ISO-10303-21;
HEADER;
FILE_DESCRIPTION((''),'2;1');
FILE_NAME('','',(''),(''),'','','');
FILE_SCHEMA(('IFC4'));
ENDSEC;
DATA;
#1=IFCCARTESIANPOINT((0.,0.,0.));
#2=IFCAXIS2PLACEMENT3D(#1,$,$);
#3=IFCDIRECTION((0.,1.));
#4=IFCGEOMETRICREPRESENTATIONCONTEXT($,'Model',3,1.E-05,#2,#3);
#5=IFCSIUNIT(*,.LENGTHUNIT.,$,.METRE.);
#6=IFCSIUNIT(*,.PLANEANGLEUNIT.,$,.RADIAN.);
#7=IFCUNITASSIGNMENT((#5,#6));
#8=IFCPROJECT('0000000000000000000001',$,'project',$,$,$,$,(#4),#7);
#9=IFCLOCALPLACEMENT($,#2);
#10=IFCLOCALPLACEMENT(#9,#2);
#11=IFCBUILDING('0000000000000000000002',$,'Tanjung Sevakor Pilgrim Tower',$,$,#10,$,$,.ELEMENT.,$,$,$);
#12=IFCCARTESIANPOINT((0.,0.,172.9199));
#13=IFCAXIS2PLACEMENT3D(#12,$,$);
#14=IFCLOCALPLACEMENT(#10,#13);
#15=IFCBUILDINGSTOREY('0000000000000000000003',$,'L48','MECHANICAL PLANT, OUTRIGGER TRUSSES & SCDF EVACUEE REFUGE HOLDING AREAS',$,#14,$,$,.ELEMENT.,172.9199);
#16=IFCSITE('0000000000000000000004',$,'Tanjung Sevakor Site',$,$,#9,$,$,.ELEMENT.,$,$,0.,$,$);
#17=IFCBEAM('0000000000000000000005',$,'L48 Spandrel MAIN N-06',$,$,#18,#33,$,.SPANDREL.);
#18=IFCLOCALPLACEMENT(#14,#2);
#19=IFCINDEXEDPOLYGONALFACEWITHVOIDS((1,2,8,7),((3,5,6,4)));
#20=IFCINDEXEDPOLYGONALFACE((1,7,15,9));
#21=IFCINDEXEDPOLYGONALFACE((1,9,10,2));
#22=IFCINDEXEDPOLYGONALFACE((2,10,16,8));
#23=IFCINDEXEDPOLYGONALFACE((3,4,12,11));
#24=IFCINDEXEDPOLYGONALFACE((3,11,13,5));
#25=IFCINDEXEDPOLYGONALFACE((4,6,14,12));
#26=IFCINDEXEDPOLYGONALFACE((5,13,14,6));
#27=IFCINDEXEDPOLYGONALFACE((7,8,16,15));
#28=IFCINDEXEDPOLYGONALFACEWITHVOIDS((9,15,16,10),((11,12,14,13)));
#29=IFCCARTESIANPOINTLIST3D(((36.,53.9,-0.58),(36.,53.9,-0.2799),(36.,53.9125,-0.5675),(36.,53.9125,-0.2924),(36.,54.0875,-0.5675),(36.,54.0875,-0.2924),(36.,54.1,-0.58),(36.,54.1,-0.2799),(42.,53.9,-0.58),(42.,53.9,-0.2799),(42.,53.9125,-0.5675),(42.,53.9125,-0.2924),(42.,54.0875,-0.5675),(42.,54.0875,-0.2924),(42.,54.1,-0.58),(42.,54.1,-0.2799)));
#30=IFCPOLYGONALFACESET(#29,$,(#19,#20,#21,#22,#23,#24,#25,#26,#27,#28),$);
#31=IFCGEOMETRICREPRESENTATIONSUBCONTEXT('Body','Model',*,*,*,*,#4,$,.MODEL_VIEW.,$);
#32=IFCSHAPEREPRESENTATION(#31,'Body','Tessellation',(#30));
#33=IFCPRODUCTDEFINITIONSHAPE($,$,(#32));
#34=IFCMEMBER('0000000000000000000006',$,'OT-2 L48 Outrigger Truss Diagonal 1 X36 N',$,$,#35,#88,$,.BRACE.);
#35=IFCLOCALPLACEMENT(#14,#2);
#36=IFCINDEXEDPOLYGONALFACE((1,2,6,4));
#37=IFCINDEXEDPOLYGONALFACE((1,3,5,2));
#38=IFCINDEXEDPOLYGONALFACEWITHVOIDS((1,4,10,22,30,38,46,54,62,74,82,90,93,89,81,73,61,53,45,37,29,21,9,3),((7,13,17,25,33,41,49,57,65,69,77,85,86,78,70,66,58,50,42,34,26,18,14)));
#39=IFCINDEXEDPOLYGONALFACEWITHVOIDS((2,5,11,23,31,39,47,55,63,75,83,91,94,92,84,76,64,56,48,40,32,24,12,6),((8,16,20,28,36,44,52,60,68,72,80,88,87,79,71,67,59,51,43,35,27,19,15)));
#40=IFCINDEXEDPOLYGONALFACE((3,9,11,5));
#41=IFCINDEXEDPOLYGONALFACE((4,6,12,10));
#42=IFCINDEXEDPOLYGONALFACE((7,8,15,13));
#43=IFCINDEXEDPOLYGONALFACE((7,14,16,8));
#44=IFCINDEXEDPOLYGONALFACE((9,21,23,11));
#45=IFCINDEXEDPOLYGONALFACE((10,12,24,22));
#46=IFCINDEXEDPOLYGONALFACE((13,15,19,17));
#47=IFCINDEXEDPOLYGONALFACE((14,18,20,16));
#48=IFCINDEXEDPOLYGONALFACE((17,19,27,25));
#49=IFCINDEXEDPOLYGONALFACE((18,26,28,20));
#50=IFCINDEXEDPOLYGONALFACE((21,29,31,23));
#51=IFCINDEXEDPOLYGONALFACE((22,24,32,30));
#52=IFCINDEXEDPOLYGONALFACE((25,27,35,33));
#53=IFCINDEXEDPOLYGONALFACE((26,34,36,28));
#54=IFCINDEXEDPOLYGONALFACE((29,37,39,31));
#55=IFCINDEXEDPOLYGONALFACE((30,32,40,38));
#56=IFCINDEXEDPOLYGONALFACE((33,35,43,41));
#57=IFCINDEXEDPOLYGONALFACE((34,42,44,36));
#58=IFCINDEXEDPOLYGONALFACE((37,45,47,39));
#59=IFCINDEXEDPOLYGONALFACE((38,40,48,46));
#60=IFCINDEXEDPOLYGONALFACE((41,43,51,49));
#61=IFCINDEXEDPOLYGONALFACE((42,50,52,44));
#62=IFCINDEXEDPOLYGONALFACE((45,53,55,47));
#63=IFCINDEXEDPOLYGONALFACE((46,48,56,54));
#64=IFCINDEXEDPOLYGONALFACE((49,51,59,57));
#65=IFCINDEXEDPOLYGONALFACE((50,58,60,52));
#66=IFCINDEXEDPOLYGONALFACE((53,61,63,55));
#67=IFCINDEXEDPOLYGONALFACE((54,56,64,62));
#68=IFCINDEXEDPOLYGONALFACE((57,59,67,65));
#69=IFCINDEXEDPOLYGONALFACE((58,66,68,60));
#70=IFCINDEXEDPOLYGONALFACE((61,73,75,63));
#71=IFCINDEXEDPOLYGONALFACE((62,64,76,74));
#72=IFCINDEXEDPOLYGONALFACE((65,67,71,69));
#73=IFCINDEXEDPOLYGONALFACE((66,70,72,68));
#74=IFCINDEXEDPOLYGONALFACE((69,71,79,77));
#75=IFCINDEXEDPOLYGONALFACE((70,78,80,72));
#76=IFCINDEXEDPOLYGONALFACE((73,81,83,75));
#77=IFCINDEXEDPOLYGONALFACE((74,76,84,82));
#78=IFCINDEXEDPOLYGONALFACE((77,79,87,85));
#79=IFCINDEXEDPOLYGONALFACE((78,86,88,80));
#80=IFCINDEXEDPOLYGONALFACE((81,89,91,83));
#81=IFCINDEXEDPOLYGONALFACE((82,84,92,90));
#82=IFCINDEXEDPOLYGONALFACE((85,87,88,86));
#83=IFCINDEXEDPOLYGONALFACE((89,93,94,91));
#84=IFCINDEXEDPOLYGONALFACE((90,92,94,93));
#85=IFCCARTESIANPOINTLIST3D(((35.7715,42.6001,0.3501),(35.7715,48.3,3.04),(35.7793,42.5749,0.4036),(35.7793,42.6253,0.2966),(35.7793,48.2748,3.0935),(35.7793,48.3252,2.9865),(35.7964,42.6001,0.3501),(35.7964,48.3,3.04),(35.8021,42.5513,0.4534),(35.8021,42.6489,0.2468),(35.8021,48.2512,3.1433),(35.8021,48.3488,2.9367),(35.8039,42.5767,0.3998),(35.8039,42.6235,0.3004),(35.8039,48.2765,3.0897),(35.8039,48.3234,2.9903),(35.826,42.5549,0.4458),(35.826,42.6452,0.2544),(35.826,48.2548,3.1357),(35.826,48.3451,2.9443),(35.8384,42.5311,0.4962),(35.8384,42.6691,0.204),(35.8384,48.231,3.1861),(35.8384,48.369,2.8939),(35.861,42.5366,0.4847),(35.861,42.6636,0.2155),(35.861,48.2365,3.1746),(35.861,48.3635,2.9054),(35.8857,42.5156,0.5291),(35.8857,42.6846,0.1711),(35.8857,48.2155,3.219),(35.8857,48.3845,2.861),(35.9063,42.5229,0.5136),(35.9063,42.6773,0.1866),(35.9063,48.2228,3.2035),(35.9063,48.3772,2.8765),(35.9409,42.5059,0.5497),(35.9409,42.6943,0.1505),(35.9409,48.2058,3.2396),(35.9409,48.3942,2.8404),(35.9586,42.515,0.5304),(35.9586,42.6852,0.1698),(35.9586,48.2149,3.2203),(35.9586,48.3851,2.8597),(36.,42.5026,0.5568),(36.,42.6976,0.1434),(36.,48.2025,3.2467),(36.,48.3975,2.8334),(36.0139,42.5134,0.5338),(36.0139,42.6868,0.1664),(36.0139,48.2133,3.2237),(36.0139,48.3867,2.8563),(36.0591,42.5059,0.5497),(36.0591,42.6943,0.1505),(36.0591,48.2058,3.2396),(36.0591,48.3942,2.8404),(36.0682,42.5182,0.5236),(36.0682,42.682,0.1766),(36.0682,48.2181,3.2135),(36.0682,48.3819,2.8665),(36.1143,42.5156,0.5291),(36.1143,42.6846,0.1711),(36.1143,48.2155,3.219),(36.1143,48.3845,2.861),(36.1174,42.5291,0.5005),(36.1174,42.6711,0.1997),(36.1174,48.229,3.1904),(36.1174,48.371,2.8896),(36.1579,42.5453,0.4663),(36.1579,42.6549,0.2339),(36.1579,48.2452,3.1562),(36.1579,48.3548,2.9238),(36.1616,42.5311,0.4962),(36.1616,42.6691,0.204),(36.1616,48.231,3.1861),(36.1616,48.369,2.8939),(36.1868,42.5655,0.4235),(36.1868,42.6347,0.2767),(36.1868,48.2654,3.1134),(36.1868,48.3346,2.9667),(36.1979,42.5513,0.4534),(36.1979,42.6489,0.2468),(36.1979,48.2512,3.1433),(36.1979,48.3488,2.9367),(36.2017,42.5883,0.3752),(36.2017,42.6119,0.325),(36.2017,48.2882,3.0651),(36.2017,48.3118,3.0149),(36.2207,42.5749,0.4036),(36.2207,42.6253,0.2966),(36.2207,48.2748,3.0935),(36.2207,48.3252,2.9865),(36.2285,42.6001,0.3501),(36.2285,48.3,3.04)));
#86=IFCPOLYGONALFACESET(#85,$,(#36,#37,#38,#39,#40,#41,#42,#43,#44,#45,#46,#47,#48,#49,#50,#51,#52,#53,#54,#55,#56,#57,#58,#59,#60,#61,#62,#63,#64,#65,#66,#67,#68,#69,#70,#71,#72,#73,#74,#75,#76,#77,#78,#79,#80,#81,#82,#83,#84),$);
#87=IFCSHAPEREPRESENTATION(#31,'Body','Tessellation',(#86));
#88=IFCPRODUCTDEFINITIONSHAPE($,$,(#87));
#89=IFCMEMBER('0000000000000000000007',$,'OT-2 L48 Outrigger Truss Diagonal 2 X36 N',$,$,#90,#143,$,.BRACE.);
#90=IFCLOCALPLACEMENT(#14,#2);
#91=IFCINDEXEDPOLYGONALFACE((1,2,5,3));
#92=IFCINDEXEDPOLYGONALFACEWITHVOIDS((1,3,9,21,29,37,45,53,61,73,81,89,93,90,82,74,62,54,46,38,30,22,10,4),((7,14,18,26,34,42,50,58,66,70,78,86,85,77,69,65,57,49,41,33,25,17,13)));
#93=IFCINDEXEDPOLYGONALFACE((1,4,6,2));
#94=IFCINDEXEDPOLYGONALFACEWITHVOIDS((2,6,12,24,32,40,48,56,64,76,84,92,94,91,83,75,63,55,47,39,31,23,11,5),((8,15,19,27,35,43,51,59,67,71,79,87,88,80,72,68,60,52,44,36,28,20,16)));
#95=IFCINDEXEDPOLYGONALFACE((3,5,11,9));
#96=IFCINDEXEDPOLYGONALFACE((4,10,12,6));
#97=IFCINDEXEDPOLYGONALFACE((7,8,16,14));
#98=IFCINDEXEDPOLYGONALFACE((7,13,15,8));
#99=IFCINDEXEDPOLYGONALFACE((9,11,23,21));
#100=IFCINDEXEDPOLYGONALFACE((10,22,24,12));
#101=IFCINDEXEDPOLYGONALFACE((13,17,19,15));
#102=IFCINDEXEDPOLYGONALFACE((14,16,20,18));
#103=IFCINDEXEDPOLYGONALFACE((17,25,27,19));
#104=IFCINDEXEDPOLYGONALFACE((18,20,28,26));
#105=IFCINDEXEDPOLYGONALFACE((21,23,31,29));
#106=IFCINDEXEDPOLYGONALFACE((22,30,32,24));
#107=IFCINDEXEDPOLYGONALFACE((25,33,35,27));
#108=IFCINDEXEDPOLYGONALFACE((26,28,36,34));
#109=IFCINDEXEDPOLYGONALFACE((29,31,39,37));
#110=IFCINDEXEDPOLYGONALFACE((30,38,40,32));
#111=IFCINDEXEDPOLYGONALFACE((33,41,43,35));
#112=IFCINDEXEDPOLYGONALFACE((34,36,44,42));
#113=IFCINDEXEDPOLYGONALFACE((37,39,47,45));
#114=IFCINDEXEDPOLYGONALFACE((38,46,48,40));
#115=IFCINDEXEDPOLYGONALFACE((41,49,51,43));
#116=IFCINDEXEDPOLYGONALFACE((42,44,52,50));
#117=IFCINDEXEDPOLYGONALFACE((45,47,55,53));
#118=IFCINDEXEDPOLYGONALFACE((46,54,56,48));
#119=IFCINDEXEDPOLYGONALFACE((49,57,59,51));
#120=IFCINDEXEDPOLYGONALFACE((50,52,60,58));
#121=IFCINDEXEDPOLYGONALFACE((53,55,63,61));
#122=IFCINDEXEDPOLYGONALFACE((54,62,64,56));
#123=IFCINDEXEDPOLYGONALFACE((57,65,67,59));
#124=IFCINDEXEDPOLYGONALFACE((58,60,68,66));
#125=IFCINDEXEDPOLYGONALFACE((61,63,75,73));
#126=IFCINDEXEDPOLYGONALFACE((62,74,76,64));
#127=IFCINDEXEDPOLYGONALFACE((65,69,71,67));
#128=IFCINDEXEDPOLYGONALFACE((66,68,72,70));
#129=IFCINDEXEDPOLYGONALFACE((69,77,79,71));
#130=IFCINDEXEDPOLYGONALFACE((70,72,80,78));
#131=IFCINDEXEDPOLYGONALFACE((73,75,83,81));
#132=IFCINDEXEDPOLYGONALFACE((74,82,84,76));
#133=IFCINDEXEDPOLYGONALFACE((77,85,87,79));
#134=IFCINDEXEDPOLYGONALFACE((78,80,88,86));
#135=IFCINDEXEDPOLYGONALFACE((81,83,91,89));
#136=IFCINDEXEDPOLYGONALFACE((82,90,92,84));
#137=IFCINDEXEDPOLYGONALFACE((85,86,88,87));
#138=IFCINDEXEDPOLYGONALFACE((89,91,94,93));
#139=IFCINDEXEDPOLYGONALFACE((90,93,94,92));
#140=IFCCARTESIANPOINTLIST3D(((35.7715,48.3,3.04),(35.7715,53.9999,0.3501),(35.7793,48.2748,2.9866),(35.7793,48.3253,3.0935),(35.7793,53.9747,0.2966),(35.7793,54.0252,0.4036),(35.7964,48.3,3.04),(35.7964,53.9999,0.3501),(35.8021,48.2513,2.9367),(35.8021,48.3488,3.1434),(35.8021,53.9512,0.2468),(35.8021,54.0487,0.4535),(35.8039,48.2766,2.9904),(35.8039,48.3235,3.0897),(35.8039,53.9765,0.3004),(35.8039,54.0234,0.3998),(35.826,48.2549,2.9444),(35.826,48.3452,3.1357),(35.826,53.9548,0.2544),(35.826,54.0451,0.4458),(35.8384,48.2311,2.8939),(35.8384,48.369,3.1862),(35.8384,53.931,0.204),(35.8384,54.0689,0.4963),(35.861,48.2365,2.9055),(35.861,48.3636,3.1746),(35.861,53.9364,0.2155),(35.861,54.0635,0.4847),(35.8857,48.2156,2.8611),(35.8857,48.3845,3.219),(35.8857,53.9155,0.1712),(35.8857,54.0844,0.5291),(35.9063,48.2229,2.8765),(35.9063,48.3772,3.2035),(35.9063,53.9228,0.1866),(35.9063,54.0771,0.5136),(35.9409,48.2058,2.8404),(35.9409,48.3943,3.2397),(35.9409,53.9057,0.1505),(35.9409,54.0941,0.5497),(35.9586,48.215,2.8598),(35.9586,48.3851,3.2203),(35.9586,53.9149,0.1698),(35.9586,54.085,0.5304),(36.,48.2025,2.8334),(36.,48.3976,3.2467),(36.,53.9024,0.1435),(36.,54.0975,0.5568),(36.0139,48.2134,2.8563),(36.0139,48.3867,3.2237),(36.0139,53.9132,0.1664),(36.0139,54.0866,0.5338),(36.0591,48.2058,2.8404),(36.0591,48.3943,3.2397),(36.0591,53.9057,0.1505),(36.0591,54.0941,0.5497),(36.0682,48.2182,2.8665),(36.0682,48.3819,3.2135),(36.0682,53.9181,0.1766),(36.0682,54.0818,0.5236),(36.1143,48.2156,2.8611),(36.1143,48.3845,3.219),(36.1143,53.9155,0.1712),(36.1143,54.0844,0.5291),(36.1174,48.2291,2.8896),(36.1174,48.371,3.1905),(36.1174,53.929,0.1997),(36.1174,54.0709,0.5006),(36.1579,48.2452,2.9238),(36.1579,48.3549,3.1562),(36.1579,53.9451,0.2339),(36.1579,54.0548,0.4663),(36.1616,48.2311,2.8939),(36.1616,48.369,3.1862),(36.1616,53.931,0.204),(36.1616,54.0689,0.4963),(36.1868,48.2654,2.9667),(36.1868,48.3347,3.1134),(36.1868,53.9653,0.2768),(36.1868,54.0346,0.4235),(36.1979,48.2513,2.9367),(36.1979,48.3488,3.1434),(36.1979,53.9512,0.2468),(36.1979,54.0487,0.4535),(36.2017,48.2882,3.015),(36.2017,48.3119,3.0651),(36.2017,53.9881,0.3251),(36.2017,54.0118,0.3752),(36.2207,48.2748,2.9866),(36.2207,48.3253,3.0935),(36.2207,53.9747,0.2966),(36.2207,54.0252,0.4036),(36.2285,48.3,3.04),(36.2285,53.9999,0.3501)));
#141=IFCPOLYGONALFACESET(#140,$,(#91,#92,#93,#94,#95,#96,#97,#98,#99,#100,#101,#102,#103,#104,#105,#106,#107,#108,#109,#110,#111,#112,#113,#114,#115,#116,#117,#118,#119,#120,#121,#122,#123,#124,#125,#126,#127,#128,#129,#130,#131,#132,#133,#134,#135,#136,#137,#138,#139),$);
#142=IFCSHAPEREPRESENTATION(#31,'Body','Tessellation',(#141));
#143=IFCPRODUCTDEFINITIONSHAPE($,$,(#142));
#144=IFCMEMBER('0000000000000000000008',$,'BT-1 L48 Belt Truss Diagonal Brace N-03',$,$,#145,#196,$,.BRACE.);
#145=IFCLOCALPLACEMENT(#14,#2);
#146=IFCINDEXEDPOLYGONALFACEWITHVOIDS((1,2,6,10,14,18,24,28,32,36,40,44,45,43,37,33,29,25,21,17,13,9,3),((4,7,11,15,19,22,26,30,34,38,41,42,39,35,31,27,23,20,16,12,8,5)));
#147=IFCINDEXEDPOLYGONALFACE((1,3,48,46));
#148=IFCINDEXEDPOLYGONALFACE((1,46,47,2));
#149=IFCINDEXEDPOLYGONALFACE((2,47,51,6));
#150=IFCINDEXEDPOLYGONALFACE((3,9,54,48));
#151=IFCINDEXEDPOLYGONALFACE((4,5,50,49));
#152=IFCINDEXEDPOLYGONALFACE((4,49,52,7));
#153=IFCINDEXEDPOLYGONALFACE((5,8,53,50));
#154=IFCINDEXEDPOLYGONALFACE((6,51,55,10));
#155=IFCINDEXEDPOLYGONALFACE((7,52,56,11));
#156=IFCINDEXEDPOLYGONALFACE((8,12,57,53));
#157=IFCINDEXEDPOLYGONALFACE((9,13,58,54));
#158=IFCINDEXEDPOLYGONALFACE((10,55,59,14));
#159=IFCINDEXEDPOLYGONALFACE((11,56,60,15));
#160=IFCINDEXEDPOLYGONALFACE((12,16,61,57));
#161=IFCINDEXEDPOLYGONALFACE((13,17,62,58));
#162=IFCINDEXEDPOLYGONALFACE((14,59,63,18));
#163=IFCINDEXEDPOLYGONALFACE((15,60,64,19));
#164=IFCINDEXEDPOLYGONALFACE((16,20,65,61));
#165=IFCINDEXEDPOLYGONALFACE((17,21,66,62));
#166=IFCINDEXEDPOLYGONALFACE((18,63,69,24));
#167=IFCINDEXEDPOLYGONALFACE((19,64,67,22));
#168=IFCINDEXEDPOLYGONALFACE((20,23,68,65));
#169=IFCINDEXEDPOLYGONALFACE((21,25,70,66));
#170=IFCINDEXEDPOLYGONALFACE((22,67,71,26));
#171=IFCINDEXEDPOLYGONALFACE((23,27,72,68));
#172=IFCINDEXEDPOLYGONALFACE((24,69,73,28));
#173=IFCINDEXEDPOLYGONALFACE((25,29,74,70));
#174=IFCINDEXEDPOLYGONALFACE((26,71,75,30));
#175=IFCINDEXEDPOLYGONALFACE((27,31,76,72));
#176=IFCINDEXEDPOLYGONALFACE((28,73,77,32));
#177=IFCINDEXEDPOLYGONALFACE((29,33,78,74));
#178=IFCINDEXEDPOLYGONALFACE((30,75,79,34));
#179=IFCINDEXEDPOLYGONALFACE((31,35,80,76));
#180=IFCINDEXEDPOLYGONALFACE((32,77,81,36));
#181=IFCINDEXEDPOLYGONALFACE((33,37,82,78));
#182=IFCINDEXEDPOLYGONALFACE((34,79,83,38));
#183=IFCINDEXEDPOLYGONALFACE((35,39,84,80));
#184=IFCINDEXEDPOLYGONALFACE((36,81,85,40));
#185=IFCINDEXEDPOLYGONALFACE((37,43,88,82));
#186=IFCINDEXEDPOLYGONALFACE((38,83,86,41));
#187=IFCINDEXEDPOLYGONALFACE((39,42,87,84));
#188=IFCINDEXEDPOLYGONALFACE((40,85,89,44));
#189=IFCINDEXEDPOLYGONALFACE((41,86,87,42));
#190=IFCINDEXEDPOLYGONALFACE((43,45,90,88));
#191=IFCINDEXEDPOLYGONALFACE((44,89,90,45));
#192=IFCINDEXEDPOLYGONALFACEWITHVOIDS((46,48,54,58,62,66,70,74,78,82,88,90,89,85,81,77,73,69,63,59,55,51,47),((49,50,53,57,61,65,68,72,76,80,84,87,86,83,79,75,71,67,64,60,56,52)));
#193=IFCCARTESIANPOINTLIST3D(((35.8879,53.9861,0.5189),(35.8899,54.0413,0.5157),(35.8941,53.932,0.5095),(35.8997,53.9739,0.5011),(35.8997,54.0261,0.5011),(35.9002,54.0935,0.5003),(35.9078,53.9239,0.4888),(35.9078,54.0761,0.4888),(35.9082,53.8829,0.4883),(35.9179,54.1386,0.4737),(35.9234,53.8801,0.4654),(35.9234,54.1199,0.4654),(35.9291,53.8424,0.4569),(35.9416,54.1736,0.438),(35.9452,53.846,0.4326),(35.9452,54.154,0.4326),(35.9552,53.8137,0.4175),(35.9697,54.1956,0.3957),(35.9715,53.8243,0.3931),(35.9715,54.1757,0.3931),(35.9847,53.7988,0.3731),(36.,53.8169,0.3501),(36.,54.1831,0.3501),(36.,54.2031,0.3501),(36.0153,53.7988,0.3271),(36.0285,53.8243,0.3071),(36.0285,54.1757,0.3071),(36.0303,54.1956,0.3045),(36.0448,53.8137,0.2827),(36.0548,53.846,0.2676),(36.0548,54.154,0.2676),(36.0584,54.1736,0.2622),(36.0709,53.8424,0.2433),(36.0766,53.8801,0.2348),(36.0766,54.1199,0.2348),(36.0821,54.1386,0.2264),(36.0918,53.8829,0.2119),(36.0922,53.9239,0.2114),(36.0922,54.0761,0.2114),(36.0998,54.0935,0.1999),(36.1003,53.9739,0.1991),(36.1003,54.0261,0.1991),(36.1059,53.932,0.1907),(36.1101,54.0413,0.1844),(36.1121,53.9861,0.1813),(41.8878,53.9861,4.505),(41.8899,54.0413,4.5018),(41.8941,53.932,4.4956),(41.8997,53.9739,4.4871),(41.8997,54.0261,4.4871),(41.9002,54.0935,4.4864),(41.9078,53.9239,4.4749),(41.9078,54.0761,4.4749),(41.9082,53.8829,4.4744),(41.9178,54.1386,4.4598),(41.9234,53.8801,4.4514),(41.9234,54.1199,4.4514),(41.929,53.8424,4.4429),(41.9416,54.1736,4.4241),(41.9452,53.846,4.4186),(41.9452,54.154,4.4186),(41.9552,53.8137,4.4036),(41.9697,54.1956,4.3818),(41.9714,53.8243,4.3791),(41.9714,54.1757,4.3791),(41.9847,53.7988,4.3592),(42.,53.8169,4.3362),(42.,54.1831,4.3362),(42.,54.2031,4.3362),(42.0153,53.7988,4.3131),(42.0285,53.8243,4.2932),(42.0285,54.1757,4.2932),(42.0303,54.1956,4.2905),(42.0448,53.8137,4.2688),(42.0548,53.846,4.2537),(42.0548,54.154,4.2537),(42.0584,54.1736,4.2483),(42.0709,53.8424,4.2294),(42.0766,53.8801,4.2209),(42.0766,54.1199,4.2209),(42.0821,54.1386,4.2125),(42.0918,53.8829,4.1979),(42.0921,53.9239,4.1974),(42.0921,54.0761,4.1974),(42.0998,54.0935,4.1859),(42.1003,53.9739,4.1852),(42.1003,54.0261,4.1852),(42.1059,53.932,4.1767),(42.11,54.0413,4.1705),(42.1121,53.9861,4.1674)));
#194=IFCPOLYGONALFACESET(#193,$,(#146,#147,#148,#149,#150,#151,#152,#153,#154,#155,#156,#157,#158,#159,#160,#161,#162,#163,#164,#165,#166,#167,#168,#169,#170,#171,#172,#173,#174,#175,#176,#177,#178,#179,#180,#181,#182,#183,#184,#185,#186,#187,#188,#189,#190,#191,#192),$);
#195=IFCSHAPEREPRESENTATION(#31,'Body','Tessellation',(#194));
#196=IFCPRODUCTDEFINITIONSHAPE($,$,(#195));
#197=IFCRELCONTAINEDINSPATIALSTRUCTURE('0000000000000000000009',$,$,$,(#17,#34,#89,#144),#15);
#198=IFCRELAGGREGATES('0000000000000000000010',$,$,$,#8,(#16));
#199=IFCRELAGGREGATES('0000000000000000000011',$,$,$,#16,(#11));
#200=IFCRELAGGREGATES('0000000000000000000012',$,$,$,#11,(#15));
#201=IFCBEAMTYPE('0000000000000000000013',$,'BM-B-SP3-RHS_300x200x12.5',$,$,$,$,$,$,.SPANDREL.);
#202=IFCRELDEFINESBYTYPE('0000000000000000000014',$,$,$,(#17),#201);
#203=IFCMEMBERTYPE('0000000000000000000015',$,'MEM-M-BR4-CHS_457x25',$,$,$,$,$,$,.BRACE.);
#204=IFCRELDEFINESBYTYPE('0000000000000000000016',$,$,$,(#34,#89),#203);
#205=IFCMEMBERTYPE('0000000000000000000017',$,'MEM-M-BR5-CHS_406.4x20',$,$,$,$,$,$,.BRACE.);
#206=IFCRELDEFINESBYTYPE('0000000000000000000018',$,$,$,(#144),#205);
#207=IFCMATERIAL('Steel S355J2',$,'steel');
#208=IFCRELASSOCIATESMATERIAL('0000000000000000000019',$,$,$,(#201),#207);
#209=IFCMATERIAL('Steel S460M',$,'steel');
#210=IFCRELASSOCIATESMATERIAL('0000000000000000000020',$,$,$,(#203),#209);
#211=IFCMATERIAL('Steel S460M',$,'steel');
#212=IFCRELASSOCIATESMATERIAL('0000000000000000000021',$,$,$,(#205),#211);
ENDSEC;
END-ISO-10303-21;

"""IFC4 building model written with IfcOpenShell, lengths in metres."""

from ifc_helpers import new_model, si_unit, direction, frame, origin, origin_2d, place, context, subcontext, project, spatial, hollow_rectangle, hollow_circle, extrude, material, material_profile, profile_set, type_object, element, save


model = new_model("IFC4")

# Units and contexts
model_context = context("Model", 3, precision=1e-05, world=origin(), true_north=direction((0.0, 1.0)))
body_context = subcontext(model_context, "Body", "Model", "MODEL_VIEW")
ifc_project = project(units=[si_unit("LENGTHUNIT", "METRE"), si_unit("PLANEANGLEUNIT", "RADIAN")], contexts=[model_context])

# Site, building, storey
site_placement = place(None, origin())
site = spatial("IfcSite", under=ifc_project, at=site_placement, Name="Tanjung Sevakor Site", CompositionType="ELEMENT", RefElevation=0.0)
building_placement = place(site_placement, origin())
building = spatial("IfcBuilding", under=site, at=building_placement, Name="Tanjung Sevakor Pilgrim Tower", CompositionType="ELEMENT")
storey_placement = place(building_placement, frame((0.0, 0.0, 172.9199)))
storey = spatial("IfcBuildingStorey", under=building, at=storey_placement, Name="L48", Description="MECHANICAL PLANT, OUTRIGGER TRUSSES & SCDF EVACUEE REFUGE HOLDING AREAS", CompositionType="ELEMENT", Elevation=172.9199)

# Beam
ifc_material_1 = material(Name="Steel S355J2", Category="steel")
ifc_material_profile_1 = material_profile(ifc_material_1, hollow_rectangle(XDim=0.2, YDim=0.3, WallThickness=0.0125, at=origin_2d()))
ifc_profile_set_1 = profile_set([ifc_material_profile_1], Name="Steel S355J2")
beam_type_1 = type_object("IfcBeamType", Name="BM-B-SP3-RHS_300x200x12.5", PredefinedType="SPANDREL", material=ifc_profile_set_1)
beam_1_placement = place(storey_placement, frame((36.0, 54.0, -0.4299), z_axis=(1.0, 0.0, 0.0), x_axis=(0.0, 1.0, 0.0)))
element("IfcBeam", 1, at=beam_1_placement, inside=storey, type_object=beam_type_1, Name="L48 Spandrel MAIN N-06", PredefinedType="SPANDREL", context=body_context, shape_type="SweptSolid", body=[
    extrude(hollow_rectangle(XDim=0.2, YDim=0.3, WallThickness=0.0125, at=origin_2d()), origin(), (0.0, 0.0, 1.0), 6.0),
])

# Members
ifc_material_2 = material(Name="Steel S460M", Category="steel")
ifc_material_profile_2 = material_profile(ifc_material_2, hollow_circle(Radius=0.2285, WallThickness=0.0249, at=origin_2d()))
ifc_profile_set_2 = profile_set([ifc_material_profile_2], Name="Steel S460M")
member_type_1 = type_object("IfcMemberType", Name="MEM-M-BR4-CHS_457x25", PredefinedType="BRACE", material=ifc_profile_set_2)
for number, where, z_axis, x_axis, name in (
    (2, (36.0, 42.6001, 0.3501), (0.0, 0.904353, 0.426785), (-1.0, 0.0, 0.0), "OT-2 L48 Outrigger Truss Diagonal 1 X36 N"),
    (3, (36.0, 48.3, 3.04), (0.0, 0.904353, -0.426785), (-1.0, 0.0, 0.0), "OT-2 L48 Outrigger Truss Diagonal 2 X36 N"),
):
    element("IfcMember", number, at=place(storey_placement, frame(where, z_axis=z_axis, x_axis=x_axis)), inside=storey, type_object=member_type_1, Name=name, PredefinedType="BRACE", context=body_context, shape_type="SweptSolid", body=[
        extrude(hollow_circle(Radius=0.2285, WallThickness=0.0249, at=origin_2d()), origin(), (0.0, 0.0, 1.0), 6.3027),
    ])
ifc_material_3 = material(Name="Steel S460M", Category="steel")
ifc_material_profile_3 = material_profile(ifc_material_3, hollow_circle(Radius=0.2031, WallThickness=0.02, at=origin_2d()))
ifc_profile_set_3 = profile_set([ifc_material_profile_3], Name="Steel S460M")
member_type_2 = type_object("IfcMemberType", Name="MEM-M-BR5-CHS_406.4x20", PredefinedType="BRACE", material=ifc_profile_set_3)
member_1_placement = place(storey_placement, frame((36.0, 54.0, 0.3501), z_axis=(0.832941, 0.0, 0.553362), x_axis=(0.0, 1.0, 0.0)))
element("IfcMember", 4, at=member_1_placement, inside=storey, type_object=member_type_2, Name="BT-1 L48 Belt Truss Diagonal Brace N-03", PredefinedType="BRACE", context=body_context, shape_type="SweptSolid", body=[
    extrude(hollow_circle(Radius=0.2031, WallThickness=0.02, at=origin_2d()), origin(), (0.0, 0.0, 1.0), 7.2034),
])

save(model, "model.ifc")
